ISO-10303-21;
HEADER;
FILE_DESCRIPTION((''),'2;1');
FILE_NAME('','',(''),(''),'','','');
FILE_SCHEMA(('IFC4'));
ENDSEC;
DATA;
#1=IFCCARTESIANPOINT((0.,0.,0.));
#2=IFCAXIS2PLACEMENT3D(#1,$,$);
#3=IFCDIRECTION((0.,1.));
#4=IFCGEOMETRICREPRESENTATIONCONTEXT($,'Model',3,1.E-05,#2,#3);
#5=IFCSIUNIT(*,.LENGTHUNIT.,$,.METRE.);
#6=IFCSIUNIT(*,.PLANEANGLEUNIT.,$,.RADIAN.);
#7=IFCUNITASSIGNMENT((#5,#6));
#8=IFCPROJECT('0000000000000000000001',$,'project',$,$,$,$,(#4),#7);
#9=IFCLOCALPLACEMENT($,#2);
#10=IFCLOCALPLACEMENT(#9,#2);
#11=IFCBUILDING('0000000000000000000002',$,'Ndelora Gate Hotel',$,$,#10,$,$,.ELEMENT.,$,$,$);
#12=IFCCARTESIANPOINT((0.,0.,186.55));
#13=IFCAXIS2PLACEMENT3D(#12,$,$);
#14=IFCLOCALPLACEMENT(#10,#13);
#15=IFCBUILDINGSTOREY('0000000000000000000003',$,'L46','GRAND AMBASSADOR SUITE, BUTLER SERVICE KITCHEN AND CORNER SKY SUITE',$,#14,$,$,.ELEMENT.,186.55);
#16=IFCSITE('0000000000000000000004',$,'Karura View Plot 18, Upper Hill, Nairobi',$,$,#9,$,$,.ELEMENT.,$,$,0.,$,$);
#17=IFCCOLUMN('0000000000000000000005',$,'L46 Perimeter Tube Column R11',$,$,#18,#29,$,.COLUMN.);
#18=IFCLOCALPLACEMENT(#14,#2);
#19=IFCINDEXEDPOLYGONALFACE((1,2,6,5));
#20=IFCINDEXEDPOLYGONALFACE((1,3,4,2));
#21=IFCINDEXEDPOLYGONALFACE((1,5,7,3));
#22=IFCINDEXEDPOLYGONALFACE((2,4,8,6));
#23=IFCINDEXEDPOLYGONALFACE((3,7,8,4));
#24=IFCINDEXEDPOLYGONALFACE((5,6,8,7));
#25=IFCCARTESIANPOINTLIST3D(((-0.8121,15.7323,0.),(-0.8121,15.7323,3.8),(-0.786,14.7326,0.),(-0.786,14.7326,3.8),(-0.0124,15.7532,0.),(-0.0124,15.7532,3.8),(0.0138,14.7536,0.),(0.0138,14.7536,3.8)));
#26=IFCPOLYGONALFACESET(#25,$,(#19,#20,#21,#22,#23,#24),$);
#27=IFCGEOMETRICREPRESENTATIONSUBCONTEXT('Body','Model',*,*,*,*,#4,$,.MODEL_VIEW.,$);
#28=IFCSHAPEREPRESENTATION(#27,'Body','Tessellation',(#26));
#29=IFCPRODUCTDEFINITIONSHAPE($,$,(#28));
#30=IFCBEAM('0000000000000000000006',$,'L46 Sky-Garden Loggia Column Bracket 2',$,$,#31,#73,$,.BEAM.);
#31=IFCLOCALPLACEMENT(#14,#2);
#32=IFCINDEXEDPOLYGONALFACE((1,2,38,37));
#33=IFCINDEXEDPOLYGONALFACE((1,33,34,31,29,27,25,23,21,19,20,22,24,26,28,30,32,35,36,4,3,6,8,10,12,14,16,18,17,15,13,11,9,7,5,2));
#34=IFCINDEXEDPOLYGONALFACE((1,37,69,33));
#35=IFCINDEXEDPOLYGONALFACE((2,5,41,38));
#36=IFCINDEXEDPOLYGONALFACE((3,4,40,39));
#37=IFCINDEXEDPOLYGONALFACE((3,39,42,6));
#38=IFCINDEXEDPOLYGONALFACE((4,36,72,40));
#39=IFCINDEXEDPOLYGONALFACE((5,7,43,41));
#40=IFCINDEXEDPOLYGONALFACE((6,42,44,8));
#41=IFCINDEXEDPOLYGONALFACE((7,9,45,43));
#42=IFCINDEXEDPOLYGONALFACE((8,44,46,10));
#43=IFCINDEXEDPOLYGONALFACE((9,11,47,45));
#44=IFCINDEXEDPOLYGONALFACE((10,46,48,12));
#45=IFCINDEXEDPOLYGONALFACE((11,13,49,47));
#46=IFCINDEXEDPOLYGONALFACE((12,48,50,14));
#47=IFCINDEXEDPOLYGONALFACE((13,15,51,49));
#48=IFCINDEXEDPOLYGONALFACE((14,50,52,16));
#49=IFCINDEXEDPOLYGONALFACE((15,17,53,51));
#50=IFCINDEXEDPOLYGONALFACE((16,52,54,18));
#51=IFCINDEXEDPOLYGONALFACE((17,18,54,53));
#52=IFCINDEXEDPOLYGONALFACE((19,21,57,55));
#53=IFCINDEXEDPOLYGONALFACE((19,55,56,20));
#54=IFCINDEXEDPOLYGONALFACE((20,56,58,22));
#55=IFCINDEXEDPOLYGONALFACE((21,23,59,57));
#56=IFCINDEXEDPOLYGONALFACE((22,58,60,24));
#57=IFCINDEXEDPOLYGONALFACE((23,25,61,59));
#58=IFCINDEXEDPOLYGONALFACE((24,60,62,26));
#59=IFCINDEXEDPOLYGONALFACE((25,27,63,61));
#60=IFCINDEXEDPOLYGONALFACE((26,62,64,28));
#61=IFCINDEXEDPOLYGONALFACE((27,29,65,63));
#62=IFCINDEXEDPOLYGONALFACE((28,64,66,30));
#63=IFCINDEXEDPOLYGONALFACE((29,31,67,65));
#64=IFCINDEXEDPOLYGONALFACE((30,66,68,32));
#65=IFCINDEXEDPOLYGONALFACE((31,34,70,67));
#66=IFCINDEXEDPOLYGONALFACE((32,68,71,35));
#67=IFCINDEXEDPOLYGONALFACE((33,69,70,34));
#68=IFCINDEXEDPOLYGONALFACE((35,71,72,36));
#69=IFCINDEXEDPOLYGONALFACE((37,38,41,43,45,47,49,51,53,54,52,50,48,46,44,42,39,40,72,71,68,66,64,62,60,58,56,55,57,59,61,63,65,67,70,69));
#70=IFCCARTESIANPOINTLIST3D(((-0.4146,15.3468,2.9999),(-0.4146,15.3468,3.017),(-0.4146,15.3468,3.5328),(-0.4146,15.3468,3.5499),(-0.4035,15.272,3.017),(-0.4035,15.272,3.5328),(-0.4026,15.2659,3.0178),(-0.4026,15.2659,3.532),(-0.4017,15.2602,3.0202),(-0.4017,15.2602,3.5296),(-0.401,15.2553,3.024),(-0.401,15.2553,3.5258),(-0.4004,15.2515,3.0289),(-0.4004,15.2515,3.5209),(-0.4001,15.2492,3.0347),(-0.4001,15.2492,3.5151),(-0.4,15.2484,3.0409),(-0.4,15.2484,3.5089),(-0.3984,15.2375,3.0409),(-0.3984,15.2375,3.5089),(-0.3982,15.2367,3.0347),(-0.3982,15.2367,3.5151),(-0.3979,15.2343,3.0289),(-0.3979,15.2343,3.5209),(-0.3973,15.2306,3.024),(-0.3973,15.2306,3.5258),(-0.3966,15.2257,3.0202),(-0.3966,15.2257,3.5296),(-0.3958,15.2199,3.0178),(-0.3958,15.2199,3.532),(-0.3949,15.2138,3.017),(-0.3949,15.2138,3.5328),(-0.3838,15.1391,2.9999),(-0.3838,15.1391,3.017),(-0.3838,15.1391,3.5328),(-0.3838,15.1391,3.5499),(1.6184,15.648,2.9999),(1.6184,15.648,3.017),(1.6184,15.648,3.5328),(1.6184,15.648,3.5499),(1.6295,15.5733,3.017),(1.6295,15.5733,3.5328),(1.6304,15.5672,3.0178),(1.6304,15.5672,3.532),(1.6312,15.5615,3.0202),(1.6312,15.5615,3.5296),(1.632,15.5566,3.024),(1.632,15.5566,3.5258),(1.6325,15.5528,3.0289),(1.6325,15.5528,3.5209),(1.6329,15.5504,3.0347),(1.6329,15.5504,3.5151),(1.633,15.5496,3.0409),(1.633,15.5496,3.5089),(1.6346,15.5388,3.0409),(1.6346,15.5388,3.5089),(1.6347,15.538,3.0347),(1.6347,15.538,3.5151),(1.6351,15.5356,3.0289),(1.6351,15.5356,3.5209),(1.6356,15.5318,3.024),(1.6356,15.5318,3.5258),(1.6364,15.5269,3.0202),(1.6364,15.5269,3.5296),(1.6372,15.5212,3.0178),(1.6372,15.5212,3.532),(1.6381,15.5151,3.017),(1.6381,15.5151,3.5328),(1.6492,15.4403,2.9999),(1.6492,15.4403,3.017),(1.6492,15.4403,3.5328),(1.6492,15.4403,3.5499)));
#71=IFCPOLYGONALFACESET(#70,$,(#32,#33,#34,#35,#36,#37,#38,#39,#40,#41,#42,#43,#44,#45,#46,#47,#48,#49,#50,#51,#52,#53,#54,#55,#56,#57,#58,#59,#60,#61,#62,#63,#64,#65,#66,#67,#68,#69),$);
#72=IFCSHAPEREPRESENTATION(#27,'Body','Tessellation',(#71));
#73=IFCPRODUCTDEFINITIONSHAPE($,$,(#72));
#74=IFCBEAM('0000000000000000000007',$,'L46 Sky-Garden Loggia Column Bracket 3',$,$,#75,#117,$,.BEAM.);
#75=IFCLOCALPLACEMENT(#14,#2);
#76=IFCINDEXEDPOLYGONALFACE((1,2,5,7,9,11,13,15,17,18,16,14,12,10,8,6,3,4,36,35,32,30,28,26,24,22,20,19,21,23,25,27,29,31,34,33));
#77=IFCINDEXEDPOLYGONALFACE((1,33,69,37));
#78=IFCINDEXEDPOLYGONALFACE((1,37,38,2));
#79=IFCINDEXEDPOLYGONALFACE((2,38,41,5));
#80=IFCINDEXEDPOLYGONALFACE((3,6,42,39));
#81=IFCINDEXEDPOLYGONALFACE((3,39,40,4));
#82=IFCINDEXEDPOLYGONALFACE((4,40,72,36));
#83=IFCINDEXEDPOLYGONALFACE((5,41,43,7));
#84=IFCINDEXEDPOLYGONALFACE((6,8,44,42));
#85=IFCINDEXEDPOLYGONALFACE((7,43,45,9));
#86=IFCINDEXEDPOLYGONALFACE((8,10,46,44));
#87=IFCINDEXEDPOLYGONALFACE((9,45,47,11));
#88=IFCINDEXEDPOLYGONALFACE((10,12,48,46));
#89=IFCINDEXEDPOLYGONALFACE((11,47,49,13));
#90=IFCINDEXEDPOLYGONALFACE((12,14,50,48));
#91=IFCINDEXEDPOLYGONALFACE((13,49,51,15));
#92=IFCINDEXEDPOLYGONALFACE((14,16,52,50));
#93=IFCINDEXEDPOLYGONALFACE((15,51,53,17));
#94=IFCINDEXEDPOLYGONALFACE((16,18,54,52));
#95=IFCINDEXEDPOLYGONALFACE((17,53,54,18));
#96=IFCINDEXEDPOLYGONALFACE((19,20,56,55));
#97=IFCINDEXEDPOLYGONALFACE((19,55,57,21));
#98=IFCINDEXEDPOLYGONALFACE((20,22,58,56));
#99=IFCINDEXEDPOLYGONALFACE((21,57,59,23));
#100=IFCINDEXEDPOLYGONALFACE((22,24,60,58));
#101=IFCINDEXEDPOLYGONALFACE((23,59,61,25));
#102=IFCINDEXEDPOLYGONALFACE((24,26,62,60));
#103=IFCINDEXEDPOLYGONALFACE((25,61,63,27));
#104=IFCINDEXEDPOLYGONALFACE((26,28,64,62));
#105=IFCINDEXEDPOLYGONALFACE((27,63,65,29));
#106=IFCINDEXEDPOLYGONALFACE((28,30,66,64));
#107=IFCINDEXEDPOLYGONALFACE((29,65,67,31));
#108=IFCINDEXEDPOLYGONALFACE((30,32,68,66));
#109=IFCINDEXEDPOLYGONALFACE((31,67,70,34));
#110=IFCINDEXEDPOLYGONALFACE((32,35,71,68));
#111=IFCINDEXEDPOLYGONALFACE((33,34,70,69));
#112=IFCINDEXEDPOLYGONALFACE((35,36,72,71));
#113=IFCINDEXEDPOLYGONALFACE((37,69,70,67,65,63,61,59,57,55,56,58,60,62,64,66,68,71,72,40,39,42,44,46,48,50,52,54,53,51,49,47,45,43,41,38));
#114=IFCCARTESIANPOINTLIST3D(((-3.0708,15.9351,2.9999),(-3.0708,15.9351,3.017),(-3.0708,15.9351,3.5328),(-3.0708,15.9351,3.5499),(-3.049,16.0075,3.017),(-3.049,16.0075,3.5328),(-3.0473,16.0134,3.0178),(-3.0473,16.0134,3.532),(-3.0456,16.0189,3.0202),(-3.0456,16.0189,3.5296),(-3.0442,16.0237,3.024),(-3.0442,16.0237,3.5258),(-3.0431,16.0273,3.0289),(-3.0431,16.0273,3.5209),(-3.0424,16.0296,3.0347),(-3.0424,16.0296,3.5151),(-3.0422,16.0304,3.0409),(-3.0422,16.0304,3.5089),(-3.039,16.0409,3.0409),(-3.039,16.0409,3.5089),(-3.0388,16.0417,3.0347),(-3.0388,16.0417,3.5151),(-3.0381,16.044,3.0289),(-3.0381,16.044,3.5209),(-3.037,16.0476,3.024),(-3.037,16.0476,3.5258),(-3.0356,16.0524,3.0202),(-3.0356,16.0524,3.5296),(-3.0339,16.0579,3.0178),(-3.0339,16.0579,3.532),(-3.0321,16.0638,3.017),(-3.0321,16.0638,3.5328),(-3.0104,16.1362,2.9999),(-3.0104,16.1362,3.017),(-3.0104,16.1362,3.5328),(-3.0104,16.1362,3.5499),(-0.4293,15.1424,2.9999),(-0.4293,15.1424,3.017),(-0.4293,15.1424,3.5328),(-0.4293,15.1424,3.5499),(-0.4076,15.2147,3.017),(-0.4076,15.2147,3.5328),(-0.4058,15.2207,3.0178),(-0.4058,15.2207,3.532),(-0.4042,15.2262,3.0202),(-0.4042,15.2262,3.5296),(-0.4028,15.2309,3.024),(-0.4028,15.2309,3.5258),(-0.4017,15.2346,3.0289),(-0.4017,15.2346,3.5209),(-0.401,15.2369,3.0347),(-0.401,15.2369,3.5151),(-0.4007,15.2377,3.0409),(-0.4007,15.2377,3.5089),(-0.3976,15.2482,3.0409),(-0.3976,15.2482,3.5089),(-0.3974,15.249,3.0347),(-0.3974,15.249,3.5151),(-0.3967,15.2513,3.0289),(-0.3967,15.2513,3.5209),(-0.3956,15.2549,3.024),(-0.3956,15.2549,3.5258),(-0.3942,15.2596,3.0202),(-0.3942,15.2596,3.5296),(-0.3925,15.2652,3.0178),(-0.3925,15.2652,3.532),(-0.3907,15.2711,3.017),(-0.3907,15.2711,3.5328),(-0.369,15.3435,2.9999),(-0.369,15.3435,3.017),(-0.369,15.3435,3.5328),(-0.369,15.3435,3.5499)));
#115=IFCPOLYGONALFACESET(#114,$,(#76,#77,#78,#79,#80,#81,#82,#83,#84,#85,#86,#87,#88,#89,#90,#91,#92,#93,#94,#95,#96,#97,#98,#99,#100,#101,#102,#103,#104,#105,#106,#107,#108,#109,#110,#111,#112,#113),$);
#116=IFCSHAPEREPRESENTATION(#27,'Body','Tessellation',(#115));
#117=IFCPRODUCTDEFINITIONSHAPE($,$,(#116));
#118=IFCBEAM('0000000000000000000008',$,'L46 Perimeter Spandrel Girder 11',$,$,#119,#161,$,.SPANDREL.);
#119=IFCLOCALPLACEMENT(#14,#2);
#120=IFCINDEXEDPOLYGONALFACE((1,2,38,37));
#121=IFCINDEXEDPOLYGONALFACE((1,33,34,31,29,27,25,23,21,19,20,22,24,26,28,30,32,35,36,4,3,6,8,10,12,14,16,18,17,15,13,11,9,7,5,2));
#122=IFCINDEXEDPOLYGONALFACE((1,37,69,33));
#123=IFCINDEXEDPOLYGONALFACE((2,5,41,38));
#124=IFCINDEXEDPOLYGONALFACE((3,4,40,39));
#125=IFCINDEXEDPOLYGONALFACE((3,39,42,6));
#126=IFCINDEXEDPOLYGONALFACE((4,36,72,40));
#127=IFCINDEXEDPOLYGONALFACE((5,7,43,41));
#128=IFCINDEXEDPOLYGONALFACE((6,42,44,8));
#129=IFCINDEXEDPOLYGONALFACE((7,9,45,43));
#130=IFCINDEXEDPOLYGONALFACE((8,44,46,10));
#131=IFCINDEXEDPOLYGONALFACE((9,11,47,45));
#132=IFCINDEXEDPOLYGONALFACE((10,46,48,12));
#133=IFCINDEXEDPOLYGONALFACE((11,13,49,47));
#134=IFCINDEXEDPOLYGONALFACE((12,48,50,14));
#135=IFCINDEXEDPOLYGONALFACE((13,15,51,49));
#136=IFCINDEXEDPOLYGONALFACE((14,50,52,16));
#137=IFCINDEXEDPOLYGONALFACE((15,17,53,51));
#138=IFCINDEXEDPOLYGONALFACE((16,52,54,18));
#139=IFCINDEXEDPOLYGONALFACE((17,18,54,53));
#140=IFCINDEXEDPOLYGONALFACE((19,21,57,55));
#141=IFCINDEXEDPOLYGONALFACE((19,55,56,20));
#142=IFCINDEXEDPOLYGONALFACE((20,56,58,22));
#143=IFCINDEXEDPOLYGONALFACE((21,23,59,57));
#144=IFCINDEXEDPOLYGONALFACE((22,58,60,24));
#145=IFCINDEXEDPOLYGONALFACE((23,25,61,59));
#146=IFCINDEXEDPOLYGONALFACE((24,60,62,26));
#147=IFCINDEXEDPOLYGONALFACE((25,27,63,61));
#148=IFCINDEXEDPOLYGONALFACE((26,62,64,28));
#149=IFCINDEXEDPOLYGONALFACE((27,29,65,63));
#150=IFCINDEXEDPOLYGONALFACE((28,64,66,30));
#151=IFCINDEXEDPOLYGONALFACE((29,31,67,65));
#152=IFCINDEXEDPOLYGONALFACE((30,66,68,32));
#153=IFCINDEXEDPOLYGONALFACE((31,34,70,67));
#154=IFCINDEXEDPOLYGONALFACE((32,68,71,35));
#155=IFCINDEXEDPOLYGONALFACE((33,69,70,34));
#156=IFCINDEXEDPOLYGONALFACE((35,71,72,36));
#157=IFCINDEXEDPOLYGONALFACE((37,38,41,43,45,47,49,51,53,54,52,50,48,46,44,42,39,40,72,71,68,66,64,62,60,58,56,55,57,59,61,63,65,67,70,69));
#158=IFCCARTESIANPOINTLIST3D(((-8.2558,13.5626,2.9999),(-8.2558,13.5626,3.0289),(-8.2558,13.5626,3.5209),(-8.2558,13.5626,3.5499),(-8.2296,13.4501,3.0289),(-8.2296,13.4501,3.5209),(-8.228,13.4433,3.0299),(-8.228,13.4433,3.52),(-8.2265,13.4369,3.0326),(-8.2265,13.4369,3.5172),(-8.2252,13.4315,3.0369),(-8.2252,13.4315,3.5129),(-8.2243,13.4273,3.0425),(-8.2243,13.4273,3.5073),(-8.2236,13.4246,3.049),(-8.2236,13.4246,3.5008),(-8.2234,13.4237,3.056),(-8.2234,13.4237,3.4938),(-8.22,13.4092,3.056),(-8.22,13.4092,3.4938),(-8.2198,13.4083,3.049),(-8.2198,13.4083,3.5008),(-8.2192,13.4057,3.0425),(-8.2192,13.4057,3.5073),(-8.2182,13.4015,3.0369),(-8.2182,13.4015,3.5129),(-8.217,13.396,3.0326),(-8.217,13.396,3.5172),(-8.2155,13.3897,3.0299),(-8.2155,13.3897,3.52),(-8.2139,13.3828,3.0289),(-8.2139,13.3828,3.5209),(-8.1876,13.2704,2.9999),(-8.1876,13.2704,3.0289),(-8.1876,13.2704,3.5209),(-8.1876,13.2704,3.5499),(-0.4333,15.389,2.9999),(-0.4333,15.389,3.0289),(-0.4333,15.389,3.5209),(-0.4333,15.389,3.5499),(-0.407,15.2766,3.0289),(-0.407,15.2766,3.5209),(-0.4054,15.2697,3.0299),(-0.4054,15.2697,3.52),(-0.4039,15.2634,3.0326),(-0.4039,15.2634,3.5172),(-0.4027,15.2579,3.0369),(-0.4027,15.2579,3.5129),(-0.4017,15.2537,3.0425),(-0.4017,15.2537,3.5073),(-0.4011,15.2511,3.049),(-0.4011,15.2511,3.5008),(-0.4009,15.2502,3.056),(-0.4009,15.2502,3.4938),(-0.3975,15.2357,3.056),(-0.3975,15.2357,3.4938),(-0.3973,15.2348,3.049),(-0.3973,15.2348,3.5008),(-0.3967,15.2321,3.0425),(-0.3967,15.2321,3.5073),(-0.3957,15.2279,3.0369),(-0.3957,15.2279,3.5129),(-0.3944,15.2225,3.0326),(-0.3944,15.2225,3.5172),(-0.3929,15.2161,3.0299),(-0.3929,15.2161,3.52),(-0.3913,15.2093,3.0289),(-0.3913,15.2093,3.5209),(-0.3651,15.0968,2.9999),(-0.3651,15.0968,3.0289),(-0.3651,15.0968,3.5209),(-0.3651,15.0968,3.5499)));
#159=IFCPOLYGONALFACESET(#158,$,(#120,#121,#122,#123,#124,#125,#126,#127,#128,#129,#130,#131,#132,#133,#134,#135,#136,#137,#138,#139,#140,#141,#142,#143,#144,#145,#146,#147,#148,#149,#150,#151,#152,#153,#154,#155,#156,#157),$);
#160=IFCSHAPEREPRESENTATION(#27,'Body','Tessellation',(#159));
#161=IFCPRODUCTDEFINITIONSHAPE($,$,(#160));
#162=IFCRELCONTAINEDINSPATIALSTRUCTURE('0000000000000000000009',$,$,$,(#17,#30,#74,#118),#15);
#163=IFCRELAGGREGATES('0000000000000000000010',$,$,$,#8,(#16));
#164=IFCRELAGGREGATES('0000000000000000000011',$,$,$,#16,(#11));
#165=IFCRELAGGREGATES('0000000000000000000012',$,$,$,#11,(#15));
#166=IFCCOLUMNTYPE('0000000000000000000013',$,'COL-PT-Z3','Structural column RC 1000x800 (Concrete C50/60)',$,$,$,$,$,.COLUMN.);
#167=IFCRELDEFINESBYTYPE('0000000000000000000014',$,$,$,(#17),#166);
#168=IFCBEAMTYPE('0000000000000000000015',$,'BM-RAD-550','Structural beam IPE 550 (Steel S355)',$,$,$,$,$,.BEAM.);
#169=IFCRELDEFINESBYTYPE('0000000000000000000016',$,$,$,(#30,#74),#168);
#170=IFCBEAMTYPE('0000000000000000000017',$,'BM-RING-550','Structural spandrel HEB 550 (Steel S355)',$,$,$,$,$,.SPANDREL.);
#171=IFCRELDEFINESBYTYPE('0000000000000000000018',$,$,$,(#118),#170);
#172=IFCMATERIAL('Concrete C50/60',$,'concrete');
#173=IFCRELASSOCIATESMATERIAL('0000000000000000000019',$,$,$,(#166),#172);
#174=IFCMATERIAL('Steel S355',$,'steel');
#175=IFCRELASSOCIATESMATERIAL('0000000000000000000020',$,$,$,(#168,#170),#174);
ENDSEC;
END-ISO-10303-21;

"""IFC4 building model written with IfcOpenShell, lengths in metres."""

from ifc_helpers import new_model, si_unit, direction, frame, origin, origin_2d, place, context, subcontext, project, spatial, rectangle, i_section, extrude, material, material_profile, profile_set, type_object, element, save


model = new_model("IFC4")

# Units and contexts
model_context = context("Model", 3, precision=1e-05, world=origin(), true_north=direction((0.0, 1.0)))
body_context = subcontext(model_context, "Body", "Model", "MODEL_VIEW")
ifc_project = project(units=[si_unit("LENGTHUNIT", "METRE"), si_unit("PLANEANGLEUNIT", "RADIAN")], contexts=[model_context])

# Site, building, storey
site_placement = place(None, origin())
site = spatial("IfcSite", under=ifc_project, at=site_placement, Name="Karura View Plot 18, Upper Hill, Nairobi", CompositionType="ELEMENT", RefElevation=0.0)
building_placement = place(site_placement, origin())
building = spatial("IfcBuilding", under=site, at=building_placement, Name="Ndelora Gate Hotel", CompositionType="ELEMENT")
storey_placement = place(building_placement, frame((0.0, 0.0, 186.55)))
storey = spatial("IfcBuildingStorey", under=building, at=storey_placement, Name="L46", Description="GRAND AMBASSADOR SUITE, BUTLER SERVICE KITCHEN AND CORNER SKY SUITE", CompositionType="ELEMENT", Elevation=186.55)

# Column
ifc_material_1 = material(Name="Concrete C50/60", Category="concrete")
ifc_material_profile_1 = material_profile(ifc_material_1, rectangle(XDim=0.8, YDim=1.0, at=origin_2d()), Name="RC 1000x800")
ifc_profile_set_1 = profile_set([ifc_material_profile_1], Name="Concrete C50/60")
column_type = type_object("IfcColumnType", Name="COL-PT-Z3", Description="Structural column RC 1000x800 (Concrete C50/60)", PredefinedType="COLUMN", material=ifc_profile_set_1)
column_placement = place(storey_placement, frame((-0.3992, 15.2429, 0.0), z_axis=(0.0, 0.0, 1.0), x_axis=(0.999657, 0.026177, 0.0)))
element("IfcColumn", 1, at=column_placement, inside=storey, type_object=column_type, Name="L46 Perimeter Tube Column R11", PredefinedType="COLUMN", context=body_context, shape_type="SweptSolid", body=[
    extrude(rectangle(XDim=0.8, YDim=1.0, at=origin_2d()), origin(), (0.0, 0.0, 1.0), 3.8),
])

# Beams
ifc_material_2 = material(Name="Steel S355", Category="steel")
ifc_material_profile_2 = material_profile(ifc_material_2, i_section(OverallWidth=0.21, OverallDepth=0.55, WebThickness=0.011, FlangeThickness=0.0171, FilletRadius=0.0239, at=origin_2d()), Name="IPE 550")
ifc_profile_set_2 = profile_set([ifc_material_profile_2], Name="Steel S355")
beam_type_1 = type_object("IfcBeamType", Name="BM-RAD-550", Description="Structural beam IPE 550 (Steel S355)", PredefinedType="BEAM", material=ifc_profile_set_2)
beam_1_placement = place(storey_placement, frame((-0.3992, 15.2429, 3.2749), z_axis=(0.989197, 0.146592, 0.0), x_axis=(-0.146592, 0.989197, 0.0)))
element("IfcBeam", 2, at=beam_1_placement, inside=storey, type_object=beam_type_1, Name="L46 Sky-Garden Loggia Column Bracket 2", PredefinedType="BEAM", context=body_context, shape_type="SweptSolid", body=[
    extrude(i_section(OverallWidth=0.21, OverallDepth=0.55, WebThickness=0.011, FlangeThickness=0.0171, FilletRadius=0.0239, at=origin_2d()), origin(), (0.0, 0.0, 1.0), 2.0552),
])
beam_2_placement = place(storey_placement, frame((-0.3992, 15.2429, 3.2749), z_axis=(-0.957795, 0.287453, 0.0), x_axis=(-0.287453, -0.957795, 0.0)))
element("IfcBeam", 3, at=beam_2_placement, inside=storey, type_object=beam_type_1, Name="L46 Sky-Garden Loggia Column Bracket 3", PredefinedType="BEAM", context=body_context, shape_type="SweptSolid", body=[
    extrude(i_section(OverallWidth=0.21, OverallDepth=0.55, WebThickness=0.011, FlangeThickness=0.0171, FilletRadius=0.0239, at=origin_2d()), origin(), (0.0, 0.0, 1.0), 2.7578),
])
ifc_material_profile_3 = material_profile(ifc_material_2, i_section(OverallWidth=0.3, OverallDepth=0.55, WebThickness=0.0149, FlangeThickness=0.0291, FilletRadius=0.0271, at=origin_2d()), Name="HEB 550")
ifc_profile_set_3 = profile_set([ifc_material_profile_3], Name="Steel S355")
beam_type_2 = type_object("IfcBeamType", Name="BM-RING-550", Description="Structural spandrel HEB 550 (Steel S355)", PredefinedType="SPANDREL", material=ifc_profile_set_3)
beam_3_placement = place(storey_placement, frame((-0.3992, 15.2429, 3.2749), z_axis=(-0.973809, -0.227367, 0.0), x_axis=(0.227367, -0.973809, 0.0)))
element("IfcBeam", 4, at=beam_3_placement, inside=storey, type_object=beam_type_2, Name="L46 Perimeter Spandrel Girder 11", PredefinedType="SPANDREL", context=body_context, shape_type="SweptSolid", body=[
    extrude(i_section(OverallWidth=0.3, OverallDepth=0.55, WebThickness=0.0149, FlangeThickness=0.0291, FilletRadius=0.0271, at=origin_2d()), origin(), (0.0, 0.0, 1.0), 8.033),
])

save(model, "model.ifc")
